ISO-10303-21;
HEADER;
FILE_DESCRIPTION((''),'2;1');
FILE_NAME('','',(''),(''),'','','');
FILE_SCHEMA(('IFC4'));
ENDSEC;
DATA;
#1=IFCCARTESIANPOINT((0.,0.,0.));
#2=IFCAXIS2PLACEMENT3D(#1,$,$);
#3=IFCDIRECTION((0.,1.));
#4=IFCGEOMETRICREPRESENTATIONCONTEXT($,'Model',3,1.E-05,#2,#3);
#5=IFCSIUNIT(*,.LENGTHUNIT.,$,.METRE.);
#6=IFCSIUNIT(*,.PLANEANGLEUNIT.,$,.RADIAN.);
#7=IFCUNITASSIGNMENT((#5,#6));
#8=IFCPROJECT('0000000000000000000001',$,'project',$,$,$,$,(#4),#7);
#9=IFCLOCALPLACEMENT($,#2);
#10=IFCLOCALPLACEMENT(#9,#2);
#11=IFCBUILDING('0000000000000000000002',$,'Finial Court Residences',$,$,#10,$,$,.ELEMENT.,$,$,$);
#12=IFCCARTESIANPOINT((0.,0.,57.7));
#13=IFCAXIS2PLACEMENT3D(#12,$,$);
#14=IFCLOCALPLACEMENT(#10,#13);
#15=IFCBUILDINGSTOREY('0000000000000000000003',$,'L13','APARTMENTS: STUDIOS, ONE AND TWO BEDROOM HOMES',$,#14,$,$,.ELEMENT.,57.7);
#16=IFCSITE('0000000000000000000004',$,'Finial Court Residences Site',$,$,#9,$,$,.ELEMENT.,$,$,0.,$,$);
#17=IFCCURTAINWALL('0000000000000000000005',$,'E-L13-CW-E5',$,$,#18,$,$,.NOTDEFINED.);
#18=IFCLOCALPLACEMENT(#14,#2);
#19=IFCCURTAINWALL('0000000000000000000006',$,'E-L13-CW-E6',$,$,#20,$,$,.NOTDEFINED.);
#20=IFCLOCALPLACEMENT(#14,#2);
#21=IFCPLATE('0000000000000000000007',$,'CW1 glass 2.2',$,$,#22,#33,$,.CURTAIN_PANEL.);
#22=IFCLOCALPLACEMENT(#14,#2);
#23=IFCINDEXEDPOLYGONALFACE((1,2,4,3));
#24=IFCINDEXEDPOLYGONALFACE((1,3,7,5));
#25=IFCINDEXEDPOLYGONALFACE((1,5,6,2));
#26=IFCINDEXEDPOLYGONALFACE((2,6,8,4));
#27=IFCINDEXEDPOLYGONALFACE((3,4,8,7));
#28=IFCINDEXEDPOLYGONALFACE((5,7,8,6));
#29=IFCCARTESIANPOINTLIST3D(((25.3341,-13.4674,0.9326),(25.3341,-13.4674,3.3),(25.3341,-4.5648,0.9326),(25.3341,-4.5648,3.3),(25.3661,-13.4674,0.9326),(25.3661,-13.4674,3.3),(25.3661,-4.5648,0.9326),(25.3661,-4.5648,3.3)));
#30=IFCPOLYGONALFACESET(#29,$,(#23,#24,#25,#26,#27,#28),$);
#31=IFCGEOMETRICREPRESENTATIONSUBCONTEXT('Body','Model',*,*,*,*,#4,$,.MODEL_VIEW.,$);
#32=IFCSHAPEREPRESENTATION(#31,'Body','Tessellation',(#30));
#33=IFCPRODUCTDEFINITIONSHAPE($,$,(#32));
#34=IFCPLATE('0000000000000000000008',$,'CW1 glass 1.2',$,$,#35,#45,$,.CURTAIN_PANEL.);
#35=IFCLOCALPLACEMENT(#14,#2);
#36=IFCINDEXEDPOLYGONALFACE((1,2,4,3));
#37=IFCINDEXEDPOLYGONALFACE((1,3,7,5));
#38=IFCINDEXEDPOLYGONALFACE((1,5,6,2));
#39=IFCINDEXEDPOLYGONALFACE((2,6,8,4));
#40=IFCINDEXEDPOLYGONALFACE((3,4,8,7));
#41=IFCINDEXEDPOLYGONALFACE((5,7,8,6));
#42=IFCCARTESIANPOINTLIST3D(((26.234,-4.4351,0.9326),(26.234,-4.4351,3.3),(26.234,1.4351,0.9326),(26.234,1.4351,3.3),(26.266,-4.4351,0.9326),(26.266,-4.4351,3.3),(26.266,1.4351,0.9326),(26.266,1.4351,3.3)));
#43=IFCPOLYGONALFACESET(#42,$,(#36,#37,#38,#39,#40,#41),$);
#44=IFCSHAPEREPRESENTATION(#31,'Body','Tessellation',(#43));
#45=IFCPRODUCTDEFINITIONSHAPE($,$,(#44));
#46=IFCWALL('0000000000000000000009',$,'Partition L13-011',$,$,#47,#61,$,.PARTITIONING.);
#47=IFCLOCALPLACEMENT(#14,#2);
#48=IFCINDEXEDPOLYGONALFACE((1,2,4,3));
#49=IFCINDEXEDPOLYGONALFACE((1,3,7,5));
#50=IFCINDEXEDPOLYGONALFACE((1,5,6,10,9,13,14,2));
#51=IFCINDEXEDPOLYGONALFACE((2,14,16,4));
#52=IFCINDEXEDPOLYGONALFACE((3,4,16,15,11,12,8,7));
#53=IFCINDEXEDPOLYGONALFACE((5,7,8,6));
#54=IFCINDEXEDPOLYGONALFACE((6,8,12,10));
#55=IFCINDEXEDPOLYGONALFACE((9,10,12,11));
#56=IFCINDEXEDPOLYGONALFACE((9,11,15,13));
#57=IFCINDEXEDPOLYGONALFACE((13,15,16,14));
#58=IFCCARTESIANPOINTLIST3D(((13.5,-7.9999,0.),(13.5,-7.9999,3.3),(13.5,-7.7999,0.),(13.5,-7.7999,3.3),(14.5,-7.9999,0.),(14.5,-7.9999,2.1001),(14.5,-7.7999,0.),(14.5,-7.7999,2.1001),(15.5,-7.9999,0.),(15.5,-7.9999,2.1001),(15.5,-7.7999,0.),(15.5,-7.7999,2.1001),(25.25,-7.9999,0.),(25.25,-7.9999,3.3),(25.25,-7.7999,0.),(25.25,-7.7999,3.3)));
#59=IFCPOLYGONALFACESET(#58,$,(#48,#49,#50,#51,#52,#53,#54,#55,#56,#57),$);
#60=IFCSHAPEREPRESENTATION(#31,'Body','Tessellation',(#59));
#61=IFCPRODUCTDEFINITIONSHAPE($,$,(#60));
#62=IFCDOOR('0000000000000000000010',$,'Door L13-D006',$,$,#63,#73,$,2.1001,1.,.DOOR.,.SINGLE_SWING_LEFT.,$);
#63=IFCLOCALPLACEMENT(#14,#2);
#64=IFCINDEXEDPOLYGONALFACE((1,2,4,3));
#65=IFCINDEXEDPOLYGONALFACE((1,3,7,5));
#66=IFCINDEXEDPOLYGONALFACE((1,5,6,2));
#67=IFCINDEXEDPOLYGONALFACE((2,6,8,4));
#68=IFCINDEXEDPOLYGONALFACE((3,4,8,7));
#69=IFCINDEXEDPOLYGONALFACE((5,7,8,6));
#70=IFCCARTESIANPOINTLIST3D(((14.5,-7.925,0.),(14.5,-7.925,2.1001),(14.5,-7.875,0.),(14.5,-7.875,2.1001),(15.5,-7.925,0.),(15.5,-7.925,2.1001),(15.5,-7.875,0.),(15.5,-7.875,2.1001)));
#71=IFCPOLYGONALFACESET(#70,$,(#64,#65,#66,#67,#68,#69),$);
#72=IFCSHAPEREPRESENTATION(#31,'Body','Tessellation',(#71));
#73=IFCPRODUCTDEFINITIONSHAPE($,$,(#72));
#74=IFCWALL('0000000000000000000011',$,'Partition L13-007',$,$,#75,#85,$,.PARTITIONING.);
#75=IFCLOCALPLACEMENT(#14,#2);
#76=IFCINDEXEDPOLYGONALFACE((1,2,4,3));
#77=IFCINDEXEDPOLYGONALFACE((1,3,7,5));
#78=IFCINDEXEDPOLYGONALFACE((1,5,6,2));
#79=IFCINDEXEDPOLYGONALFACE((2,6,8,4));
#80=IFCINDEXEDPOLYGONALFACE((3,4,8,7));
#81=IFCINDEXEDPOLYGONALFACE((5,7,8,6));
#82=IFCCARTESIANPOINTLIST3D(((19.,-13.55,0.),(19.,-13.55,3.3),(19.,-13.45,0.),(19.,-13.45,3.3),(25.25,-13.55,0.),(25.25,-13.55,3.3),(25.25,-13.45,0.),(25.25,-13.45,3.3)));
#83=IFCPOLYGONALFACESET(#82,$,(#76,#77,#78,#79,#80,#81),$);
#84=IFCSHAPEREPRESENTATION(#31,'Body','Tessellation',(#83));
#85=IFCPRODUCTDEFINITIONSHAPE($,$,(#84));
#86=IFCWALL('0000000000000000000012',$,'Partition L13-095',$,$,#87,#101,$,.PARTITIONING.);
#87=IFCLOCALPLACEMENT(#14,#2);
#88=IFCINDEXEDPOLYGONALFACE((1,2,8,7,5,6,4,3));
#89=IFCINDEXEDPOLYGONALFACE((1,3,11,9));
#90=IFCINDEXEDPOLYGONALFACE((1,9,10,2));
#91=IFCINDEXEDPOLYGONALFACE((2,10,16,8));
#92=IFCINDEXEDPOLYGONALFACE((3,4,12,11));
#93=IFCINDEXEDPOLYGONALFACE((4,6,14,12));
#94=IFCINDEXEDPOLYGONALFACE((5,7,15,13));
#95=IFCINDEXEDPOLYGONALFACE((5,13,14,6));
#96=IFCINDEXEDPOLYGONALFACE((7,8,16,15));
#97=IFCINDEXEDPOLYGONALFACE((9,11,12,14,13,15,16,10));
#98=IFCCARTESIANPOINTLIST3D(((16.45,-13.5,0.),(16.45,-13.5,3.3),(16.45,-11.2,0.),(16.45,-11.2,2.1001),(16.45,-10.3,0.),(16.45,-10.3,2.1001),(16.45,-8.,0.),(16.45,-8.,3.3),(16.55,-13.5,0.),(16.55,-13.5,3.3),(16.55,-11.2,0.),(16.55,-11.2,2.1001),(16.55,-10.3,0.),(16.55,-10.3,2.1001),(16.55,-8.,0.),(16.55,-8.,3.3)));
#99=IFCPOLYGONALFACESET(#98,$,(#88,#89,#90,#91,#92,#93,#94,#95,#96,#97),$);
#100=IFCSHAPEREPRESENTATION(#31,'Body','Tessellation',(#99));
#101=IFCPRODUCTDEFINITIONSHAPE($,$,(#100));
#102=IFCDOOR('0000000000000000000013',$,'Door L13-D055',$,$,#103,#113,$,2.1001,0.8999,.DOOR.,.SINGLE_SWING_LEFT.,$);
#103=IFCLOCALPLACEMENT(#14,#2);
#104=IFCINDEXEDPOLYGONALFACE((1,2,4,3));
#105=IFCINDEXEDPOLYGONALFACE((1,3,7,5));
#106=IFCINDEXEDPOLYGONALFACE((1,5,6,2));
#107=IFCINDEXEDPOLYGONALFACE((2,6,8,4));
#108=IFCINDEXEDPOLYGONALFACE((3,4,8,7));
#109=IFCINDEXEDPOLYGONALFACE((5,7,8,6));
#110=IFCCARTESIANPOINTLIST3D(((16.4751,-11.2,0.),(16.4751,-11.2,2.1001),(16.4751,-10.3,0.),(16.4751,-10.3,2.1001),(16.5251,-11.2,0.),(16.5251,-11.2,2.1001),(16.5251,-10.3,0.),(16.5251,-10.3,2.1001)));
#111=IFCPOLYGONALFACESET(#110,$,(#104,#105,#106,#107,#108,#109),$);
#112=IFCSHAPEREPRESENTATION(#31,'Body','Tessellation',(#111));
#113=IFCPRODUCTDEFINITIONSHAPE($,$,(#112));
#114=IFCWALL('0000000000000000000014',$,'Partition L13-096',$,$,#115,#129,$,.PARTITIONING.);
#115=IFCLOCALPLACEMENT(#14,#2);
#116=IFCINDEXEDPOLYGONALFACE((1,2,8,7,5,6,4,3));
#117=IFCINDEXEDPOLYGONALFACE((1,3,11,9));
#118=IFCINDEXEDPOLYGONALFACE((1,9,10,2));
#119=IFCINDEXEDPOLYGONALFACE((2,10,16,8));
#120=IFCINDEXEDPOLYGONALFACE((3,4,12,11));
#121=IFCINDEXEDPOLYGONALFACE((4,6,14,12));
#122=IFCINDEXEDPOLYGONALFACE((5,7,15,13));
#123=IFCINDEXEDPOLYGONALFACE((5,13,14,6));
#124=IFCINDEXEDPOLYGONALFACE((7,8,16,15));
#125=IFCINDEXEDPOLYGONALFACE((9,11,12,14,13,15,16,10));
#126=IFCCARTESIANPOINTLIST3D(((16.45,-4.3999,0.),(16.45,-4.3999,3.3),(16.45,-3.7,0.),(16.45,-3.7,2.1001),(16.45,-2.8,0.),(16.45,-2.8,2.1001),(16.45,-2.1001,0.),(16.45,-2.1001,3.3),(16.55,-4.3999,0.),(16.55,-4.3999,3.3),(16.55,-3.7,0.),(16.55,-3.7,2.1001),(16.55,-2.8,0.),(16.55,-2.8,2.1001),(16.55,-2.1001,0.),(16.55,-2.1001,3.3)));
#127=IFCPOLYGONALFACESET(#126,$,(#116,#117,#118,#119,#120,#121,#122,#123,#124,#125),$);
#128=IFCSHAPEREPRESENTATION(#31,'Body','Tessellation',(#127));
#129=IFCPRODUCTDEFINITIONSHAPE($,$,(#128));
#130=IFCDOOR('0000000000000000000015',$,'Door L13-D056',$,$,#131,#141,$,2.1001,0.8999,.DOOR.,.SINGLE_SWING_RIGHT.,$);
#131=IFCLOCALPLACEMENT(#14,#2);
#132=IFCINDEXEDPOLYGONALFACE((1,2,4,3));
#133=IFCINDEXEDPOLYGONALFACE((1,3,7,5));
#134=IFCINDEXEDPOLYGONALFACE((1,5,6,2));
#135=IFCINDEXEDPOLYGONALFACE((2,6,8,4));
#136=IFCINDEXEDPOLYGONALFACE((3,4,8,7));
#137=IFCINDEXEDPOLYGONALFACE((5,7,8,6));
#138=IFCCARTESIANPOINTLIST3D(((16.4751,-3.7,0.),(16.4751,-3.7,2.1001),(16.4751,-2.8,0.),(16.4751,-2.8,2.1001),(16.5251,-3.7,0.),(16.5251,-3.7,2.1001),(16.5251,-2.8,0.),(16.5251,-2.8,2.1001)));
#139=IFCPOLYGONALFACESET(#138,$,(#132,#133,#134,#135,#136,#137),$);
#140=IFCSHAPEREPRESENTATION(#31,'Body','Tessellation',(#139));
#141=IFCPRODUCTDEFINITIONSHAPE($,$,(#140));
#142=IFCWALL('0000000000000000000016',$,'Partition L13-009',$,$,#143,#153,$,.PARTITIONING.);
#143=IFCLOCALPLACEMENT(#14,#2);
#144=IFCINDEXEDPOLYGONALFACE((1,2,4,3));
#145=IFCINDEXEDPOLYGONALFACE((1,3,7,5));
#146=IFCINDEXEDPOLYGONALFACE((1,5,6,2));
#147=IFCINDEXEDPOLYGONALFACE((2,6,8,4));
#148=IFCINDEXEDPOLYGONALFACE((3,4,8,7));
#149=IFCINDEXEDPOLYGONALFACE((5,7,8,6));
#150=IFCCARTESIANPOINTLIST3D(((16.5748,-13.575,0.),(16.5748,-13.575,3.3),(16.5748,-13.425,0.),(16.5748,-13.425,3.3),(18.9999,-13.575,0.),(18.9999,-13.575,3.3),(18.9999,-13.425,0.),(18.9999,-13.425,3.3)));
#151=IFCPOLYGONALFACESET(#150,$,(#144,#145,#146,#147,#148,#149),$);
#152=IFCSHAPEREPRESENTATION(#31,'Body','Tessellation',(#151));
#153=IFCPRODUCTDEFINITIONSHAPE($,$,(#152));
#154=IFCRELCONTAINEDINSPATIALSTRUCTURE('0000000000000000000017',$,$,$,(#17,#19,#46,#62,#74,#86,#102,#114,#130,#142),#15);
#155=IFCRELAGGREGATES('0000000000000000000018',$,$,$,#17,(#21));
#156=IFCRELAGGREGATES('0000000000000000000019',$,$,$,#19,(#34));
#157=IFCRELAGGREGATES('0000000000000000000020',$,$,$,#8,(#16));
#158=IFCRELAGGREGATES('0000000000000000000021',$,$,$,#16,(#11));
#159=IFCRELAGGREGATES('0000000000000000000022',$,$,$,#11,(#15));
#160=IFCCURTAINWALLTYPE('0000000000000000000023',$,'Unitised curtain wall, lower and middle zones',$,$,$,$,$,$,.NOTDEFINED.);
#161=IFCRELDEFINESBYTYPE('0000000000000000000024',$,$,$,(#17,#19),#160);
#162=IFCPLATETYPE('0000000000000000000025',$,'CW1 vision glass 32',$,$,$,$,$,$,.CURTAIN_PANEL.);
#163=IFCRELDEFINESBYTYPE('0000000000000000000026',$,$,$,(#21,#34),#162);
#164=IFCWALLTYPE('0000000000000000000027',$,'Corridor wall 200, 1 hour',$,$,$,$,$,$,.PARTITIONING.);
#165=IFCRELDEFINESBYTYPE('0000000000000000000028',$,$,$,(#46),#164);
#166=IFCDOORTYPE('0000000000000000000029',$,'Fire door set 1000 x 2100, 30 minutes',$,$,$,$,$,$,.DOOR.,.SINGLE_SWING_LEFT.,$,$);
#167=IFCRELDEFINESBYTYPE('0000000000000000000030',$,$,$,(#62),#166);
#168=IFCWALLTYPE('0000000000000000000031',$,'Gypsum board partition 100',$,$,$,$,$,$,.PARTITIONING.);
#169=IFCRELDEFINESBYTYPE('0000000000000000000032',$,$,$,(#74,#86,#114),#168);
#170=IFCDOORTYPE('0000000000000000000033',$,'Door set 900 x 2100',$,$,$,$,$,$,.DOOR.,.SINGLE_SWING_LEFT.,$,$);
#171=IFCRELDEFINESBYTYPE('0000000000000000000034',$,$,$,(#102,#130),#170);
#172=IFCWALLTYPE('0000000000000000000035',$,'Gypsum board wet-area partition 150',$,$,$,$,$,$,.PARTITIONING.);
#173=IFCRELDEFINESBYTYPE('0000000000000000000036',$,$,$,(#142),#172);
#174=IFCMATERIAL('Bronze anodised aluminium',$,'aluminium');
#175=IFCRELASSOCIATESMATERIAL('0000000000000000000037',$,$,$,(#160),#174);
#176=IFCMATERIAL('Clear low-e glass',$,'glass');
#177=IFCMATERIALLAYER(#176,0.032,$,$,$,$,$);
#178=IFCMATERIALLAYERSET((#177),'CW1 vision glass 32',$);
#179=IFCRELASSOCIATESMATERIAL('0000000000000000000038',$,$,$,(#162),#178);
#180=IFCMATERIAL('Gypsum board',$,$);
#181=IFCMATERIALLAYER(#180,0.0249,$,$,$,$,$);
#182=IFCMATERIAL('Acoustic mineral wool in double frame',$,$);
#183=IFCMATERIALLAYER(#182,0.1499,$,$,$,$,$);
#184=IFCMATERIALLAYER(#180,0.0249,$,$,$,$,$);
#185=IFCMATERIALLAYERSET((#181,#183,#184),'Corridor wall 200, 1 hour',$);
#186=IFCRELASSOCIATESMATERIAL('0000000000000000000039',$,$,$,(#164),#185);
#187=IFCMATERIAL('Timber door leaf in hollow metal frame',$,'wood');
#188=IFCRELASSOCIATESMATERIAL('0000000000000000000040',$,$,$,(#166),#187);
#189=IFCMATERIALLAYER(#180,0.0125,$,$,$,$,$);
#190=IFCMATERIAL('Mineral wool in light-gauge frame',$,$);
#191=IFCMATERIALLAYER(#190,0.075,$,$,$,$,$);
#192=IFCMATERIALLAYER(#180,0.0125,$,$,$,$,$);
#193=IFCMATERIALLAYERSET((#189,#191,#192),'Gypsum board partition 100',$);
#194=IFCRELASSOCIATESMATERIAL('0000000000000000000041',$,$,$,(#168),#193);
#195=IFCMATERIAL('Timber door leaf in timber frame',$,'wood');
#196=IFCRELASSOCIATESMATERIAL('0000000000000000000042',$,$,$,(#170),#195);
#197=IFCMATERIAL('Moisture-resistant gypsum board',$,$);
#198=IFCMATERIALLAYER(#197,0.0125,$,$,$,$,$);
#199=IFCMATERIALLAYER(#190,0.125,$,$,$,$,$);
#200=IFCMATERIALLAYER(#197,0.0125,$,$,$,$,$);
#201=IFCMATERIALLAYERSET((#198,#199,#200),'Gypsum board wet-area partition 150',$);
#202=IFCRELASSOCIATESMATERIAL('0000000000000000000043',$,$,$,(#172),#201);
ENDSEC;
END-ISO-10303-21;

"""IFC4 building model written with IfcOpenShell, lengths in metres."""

from ifc_helpers import new_model, si_unit, direction, frame, frame_2d, origin, origin_2d, place, context, subcontext, project, spatial, rectangle, extrude, material, layer, layer_set, type_object, element, fill, aggregate, save


model = new_model("IFC4")

# Units and contexts
model_context = context("Model", 3, precision=1e-05, world=origin(), true_north=direction((0.0, 1.0)))
body_context = subcontext(model_context, "Body", "Model", "MODEL_VIEW")
ifc_project = project(units=[si_unit("LENGTHUNIT", "METRE"), si_unit("PLANEANGLEUNIT", "RADIAN")], contexts=[model_context])

# Site, building, storey
site_placement = place(None, origin())
site = spatial("IfcSite", under=ifc_project, at=site_placement, Name="Finial Court Residences Site", CompositionType="ELEMENT", RefElevation=0.0)
building_placement = place(site_placement, origin())
building = spatial("IfcBuilding", under=site, at=building_placement, Name="Finial Court Residences", CompositionType="ELEMENT")
storey_placement = place(building_placement, frame((0.0, 0.0, 57.7)))
storey = spatial("IfcBuildingStorey", under=building, at=storey_placement, Name="L13", Description="APARTMENTS: STUDIOS, ONE AND TWO BEDROOM HOMES", CompositionType="ELEMENT", Elevation=57.7)

# Curtain walls
ifc_material_1 = material(Name="Bronze anodised aluminium", Category="aluminium")
curtain_wall_type = type_object("IfcCurtainWallType", Name="Unitised curtain wall, lower and middle zones", PredefinedType="NOTDEFINED", material=ifc_material_1)
curtain_wall_1_placement = place(storey_placement, origin())
curtain_wall_1 = element("IfcCurtainWall", 1, at=curtain_wall_1_placement, inside=storey, type_object=curtain_wall_type, Name="E-L13-CW-E5", PredefinedType="NOTDEFINED")
curtain_wall_2_placement = place(storey_placement, origin())
curtain_wall_2 = element("IfcCurtainWall", 2, at=curtain_wall_2_placement, inside=storey, type_object=curtain_wall_type, Name="E-L13-CW-E6", PredefinedType="NOTDEFINED")

# Plates
ifc_material_2 = material(Name="Clear low-e glass", Category="glass")
ifc_layer_1 = layer(ifc_material_2, 0.032)
ifc_layer_set_1 = layer_set([ifc_layer_1], Name="CW1 vision glass 32")
plate_type_1 = type_object("IfcPlateType", Name="CW1 vision glass 32", PredefinedType="CURTAIN_PANEL", material=ifc_layer_set_1)
plate_1_placement = place(storey_placement, frame((25.3501, -9.0161, 0.9326), z_axis=(0.0, 0.0, 1.0), x_axis=(0.0, 1.0, 0.0)))
plate_1 = element("IfcPlate", 3, at=plate_1_placement, type_object=plate_type_1, Name="CW1 glass 2.2", PredefinedType="CURTAIN_PANEL", context=body_context, shape_type="SweptSolid", body=[
    extrude(rectangle(XDim=8.9026, YDim=0.032, at=origin_2d()), origin(), (0.0, 0.0, 1.0), 2.3674),
])
aggregate(curtain_wall_1, [plate_1])
plate_2_placement = place(storey_placement, frame((26.25, -1.5, 0.9326), z_axis=(0.0, 0.0, 1.0), x_axis=(0.0, 1.0, 0.0)))
plate_2 = element("IfcPlate", 4, at=plate_2_placement, type_object=plate_type_1, Name="CW1 glass 1.2", PredefinedType="CURTAIN_PANEL", context=body_context, shape_type="SweptSolid", body=[
    extrude(rectangle(XDim=5.8701, YDim=0.032, at=origin_2d()), origin(), (0.0, 0.0, 1.0), 2.3674),
])
aggregate(curtain_wall_2, [plate_2])

# Wall, opening, door
ifc_material_3 = material(Name="Gypsum board")
ifc_layer_2 = layer(ifc_material_3, 0.0249)
ifc_material_4 = material(Name="Acoustic mineral wool in double frame")
ifc_layer_3 = layer(ifc_material_4, 0.1499)
ifc_layer_4 = layer(ifc_material_3, 0.0249)
ifc_layer_set_2 = layer_set([ifc_layer_2, ifc_layer_3, ifc_layer_4], Name="Corridor wall 200, 1 hour")
wall_type_1 = type_object("IfcWallType", Name="Corridor wall 200, 1 hour", PredefinedType="PARTITIONING", material=ifc_layer_set_2)
wall_1_placement = place(storey_placement, frame((13.5, -7.8999, 0.0), z_axis=(0.0, 0.0, 1.0), x_axis=(1.0, 0.0, 0.0)))
wall_1 = element("IfcWall", 5, at=wall_1_placement, inside=storey, type_object=wall_type_1, Name="Partition L13-011", PredefinedType="PARTITIONING", context=body_context, shape_type="SweptSolid", body=[
    extrude(rectangle(XDim=11.75, YDim=0.2, at=frame_2d((5.875, 0.0))), origin(), (0.0, 0.0, 1.0), 3.3),
])
opening_1_placement = place(wall_1_placement, frame((1.0, 0.0, 0.0)))
opening_1 = element("IfcOpeningElement", 6, at=opening_1_placement, cuts=wall_1, PredefinedType="OPENING", context=body_context, shape_type="SweptSolid", body=[
    extrude(rectangle(XDim=1.0, YDim=2.1001, at=frame_2d((0.5, 1.05))), frame((0.0, 0.1099, 0.0), z_axis=(0.0, -1.0, 0.0), x_axis=(1.0, 0.0, 0.0)), (0.0, 0.0, 1.0), 0.22),
])
ifc_material_5 = material(Name="Timber door leaf in hollow metal frame", Category="wood")
door_type_1 = type_object("IfcDoorType", Name="Fire door set 1000 x 2100, 30 minutes", OperationType="SINGLE_SWING_LEFT", PredefinedType="DOOR", material=ifc_material_5)
door_1_placement = place(opening_1_placement, origin())
door_1 = element("IfcDoor", 7, at=door_1_placement, inside=storey, type_object=door_type_1, Name="Door L13-D006", OperationType="SINGLE_SWING_LEFT", OverallHeight=2.1001, OverallWidth=1.0, PredefinedType="DOOR", context=body_context, shape_type="SweptSolid", body=[
    extrude(rectangle(XDim=1.0, YDim=2.1001, at=frame_2d((0.5, 1.05))), frame((0.0, 0.0249, 0.0), z_axis=(0.0, -1.0, 0.0), x_axis=(1.0, 0.0, 0.0)), (0.0, 0.0, 1.0), 0.05),
])
fill(opening_1, door_1)

# Wall
ifc_layer_5 = layer(ifc_material_3, 0.0125)
ifc_material_6 = material(Name="Mineral wool in light-gauge frame")
ifc_layer_6 = layer(ifc_material_6, 0.075)
ifc_layer_7 = layer(ifc_material_3, 0.0125)
ifc_layer_set_3 = layer_set([ifc_layer_5, ifc_layer_6, ifc_layer_7], Name="Gypsum board partition 100")
wall_type_2 = type_object("IfcWallType", Name="Gypsum board partition 100", PredefinedType="PARTITIONING", material=ifc_layer_set_3)
wall_2_placement = place(storey_placement, frame((19.0, -13.5, 0.0), z_axis=(0.0, 0.0, 1.0), x_axis=(1.0, 0.0, 0.0)))
element("IfcWall", 8, at=wall_2_placement, inside=storey, type_object=wall_type_2, Name="Partition L13-007", PredefinedType="PARTITIONING", context=body_context, shape_type="SweptSolid", body=[
    extrude(rectangle(XDim=6.25, YDim=0.1001, at=frame_2d((3.125, 0.0))), origin(), (0.0, 0.0, 1.0), 3.3),
])

# Walls, openings, doors
wall_3_placement = place(storey_placement, frame((16.5, -13.5, 0.0), z_axis=(0.0, 0.0, 1.0), x_axis=(0.0, 1.0, 0.0)))
wall_3 = element("IfcWall", 9, at=wall_3_placement, inside=storey, type_object=wall_type_2, Name="Partition L13-095", PredefinedType="PARTITIONING", context=body_context, shape_type="SweptSolid", body=[
    extrude(rectangle(XDim=5.5, YDim=0.1001, at=frame_2d((2.75, 0.0))), origin(), (0.0, 0.0, 1.0), 3.3),
])
opening_2_placement = place(wall_3_placement, frame((2.3, 0.0, 0.0)))
opening_2 = element("IfcOpeningElement", 10, at=opening_2_placement, cuts=wall_3, PredefinedType="OPENING", context=body_context, shape_type="SweptSolid", body=[
    extrude(rectangle(XDim=0.8999, YDim=2.1001, at=frame_2d((0.45, 1.05))), frame((0.0, 0.0601, 0.0), z_axis=(0.0, -1.0, 0.0), x_axis=(1.0, 0.0, 0.0)), (0.0, 0.0, 1.0), 0.1201),
])
ifc_material_7 = material(Name="Timber door leaf in timber frame", Category="wood")
door_type_2 = type_object("IfcDoorType", Name="Door set 900 x 2100", OperationType="SINGLE_SWING_LEFT", PredefinedType="DOOR", material=ifc_material_7)
door_2_placement = place(opening_2_placement, origin())
door_2 = element("IfcDoor", 11, at=door_2_placement, inside=storey, type_object=door_type_2, Name="Door L13-D055", OperationType="SINGLE_SWING_LEFT", OverallHeight=2.1001, OverallWidth=0.8999, PredefinedType="DOOR", context=body_context, shape_type="SweptSolid", body=[
    extrude(rectangle(XDim=0.8999, YDim=2.1001, at=frame_2d((0.45, 1.05))), frame((0.0, 0.0249, 0.0), z_axis=(0.0, -1.0, 0.0), x_axis=(1.0, 0.0, 0.0)), (0.0, 0.0, 1.0), 0.05),
])
fill(opening_2, door_2)
wall_4_placement = place(storey_placement, frame((16.5, -4.3999, 0.0), z_axis=(0.0, 0.0, 1.0), x_axis=(0.0, 1.0, 0.0)))
wall_4 = element("IfcWall", 12, at=wall_4_placement, inside=storey, type_object=wall_type_2, Name="Partition L13-096", PredefinedType="PARTITIONING", context=body_context, shape_type="SweptSolid", body=[
    extrude(rectangle(XDim=2.2998, YDim=0.1001, at=frame_2d((1.1499, 0.0))), origin(), (0.0, 0.0, 1.0), 3.3),
])
opening_3_placement = place(wall_4_placement, frame((0.7, 0.0, 0.0)))
opening_3 = element("IfcOpeningElement", 13, at=opening_3_placement, cuts=wall_4, PredefinedType="OPENING", context=body_context, shape_type="SweptSolid", body=[
    extrude(rectangle(XDim=0.8999, YDim=2.1001, at=frame_2d((0.45, 1.05))), frame((0.0, 0.0601, 0.0), z_axis=(0.0, -1.0, 0.0), x_axis=(1.0, 0.0, 0.0)), (0.0, 0.0, 1.0), 0.1201),
])
door_3_placement = place(opening_3_placement, origin())
door_3 = element("IfcDoor", 14, at=door_3_placement, inside=storey, type_object=door_type_2, Name="Door L13-D056", OperationType="SINGLE_SWING_RIGHT", OverallHeight=2.1001, OverallWidth=0.8999, PredefinedType="DOOR", context=body_context, shape_type="SweptSolid", body=[
    extrude(rectangle(XDim=0.8999, YDim=2.1001, at=frame_2d((0.45, 1.05))), frame((0.0, 0.0249, 0.0), z_axis=(0.0, -1.0, 0.0), x_axis=(1.0, 0.0, 0.0)), (0.0, 0.0, 1.0), 0.05),
])
fill(opening_3, door_3)

# Wall
ifc_material_8 = material(Name="Moisture-resistant gypsum board")
ifc_layer_8 = layer(ifc_material_8, 0.0125)
ifc_layer_9 = layer(ifc_material_6, 0.125)
ifc_layer_10 = layer(ifc_material_8, 0.0125)
ifc_layer_set_4 = layer_set([ifc_layer_8, ifc_layer_9, ifc_layer_10], Name="Gypsum board wet-area partition 150")
wall_type_3 = type_object("IfcWallType", Name="Gypsum board wet-area partition 150", PredefinedType="PARTITIONING", material=ifc_layer_set_4)
wall_5_placement = place(storey_placement, frame((16.575, -13.5, 0.0), z_axis=(0.0, 0.0, 1.0), x_axis=(1.0, 0.0, 0.0)))
element("IfcWall", 15, at=wall_5_placement, inside=storey, type_object=wall_type_3, Name="Partition L13-009", PredefinedType="PARTITIONING", context=body_context, shape_type="SweptSolid", body=[
    extrude(rectangle(XDim=2.425, YDim=0.1499, at=frame_2d((1.2124, 0.0))), origin(), (0.0, 0.0, 1.0), 3.3),
])

save(model, "model.ifc")
